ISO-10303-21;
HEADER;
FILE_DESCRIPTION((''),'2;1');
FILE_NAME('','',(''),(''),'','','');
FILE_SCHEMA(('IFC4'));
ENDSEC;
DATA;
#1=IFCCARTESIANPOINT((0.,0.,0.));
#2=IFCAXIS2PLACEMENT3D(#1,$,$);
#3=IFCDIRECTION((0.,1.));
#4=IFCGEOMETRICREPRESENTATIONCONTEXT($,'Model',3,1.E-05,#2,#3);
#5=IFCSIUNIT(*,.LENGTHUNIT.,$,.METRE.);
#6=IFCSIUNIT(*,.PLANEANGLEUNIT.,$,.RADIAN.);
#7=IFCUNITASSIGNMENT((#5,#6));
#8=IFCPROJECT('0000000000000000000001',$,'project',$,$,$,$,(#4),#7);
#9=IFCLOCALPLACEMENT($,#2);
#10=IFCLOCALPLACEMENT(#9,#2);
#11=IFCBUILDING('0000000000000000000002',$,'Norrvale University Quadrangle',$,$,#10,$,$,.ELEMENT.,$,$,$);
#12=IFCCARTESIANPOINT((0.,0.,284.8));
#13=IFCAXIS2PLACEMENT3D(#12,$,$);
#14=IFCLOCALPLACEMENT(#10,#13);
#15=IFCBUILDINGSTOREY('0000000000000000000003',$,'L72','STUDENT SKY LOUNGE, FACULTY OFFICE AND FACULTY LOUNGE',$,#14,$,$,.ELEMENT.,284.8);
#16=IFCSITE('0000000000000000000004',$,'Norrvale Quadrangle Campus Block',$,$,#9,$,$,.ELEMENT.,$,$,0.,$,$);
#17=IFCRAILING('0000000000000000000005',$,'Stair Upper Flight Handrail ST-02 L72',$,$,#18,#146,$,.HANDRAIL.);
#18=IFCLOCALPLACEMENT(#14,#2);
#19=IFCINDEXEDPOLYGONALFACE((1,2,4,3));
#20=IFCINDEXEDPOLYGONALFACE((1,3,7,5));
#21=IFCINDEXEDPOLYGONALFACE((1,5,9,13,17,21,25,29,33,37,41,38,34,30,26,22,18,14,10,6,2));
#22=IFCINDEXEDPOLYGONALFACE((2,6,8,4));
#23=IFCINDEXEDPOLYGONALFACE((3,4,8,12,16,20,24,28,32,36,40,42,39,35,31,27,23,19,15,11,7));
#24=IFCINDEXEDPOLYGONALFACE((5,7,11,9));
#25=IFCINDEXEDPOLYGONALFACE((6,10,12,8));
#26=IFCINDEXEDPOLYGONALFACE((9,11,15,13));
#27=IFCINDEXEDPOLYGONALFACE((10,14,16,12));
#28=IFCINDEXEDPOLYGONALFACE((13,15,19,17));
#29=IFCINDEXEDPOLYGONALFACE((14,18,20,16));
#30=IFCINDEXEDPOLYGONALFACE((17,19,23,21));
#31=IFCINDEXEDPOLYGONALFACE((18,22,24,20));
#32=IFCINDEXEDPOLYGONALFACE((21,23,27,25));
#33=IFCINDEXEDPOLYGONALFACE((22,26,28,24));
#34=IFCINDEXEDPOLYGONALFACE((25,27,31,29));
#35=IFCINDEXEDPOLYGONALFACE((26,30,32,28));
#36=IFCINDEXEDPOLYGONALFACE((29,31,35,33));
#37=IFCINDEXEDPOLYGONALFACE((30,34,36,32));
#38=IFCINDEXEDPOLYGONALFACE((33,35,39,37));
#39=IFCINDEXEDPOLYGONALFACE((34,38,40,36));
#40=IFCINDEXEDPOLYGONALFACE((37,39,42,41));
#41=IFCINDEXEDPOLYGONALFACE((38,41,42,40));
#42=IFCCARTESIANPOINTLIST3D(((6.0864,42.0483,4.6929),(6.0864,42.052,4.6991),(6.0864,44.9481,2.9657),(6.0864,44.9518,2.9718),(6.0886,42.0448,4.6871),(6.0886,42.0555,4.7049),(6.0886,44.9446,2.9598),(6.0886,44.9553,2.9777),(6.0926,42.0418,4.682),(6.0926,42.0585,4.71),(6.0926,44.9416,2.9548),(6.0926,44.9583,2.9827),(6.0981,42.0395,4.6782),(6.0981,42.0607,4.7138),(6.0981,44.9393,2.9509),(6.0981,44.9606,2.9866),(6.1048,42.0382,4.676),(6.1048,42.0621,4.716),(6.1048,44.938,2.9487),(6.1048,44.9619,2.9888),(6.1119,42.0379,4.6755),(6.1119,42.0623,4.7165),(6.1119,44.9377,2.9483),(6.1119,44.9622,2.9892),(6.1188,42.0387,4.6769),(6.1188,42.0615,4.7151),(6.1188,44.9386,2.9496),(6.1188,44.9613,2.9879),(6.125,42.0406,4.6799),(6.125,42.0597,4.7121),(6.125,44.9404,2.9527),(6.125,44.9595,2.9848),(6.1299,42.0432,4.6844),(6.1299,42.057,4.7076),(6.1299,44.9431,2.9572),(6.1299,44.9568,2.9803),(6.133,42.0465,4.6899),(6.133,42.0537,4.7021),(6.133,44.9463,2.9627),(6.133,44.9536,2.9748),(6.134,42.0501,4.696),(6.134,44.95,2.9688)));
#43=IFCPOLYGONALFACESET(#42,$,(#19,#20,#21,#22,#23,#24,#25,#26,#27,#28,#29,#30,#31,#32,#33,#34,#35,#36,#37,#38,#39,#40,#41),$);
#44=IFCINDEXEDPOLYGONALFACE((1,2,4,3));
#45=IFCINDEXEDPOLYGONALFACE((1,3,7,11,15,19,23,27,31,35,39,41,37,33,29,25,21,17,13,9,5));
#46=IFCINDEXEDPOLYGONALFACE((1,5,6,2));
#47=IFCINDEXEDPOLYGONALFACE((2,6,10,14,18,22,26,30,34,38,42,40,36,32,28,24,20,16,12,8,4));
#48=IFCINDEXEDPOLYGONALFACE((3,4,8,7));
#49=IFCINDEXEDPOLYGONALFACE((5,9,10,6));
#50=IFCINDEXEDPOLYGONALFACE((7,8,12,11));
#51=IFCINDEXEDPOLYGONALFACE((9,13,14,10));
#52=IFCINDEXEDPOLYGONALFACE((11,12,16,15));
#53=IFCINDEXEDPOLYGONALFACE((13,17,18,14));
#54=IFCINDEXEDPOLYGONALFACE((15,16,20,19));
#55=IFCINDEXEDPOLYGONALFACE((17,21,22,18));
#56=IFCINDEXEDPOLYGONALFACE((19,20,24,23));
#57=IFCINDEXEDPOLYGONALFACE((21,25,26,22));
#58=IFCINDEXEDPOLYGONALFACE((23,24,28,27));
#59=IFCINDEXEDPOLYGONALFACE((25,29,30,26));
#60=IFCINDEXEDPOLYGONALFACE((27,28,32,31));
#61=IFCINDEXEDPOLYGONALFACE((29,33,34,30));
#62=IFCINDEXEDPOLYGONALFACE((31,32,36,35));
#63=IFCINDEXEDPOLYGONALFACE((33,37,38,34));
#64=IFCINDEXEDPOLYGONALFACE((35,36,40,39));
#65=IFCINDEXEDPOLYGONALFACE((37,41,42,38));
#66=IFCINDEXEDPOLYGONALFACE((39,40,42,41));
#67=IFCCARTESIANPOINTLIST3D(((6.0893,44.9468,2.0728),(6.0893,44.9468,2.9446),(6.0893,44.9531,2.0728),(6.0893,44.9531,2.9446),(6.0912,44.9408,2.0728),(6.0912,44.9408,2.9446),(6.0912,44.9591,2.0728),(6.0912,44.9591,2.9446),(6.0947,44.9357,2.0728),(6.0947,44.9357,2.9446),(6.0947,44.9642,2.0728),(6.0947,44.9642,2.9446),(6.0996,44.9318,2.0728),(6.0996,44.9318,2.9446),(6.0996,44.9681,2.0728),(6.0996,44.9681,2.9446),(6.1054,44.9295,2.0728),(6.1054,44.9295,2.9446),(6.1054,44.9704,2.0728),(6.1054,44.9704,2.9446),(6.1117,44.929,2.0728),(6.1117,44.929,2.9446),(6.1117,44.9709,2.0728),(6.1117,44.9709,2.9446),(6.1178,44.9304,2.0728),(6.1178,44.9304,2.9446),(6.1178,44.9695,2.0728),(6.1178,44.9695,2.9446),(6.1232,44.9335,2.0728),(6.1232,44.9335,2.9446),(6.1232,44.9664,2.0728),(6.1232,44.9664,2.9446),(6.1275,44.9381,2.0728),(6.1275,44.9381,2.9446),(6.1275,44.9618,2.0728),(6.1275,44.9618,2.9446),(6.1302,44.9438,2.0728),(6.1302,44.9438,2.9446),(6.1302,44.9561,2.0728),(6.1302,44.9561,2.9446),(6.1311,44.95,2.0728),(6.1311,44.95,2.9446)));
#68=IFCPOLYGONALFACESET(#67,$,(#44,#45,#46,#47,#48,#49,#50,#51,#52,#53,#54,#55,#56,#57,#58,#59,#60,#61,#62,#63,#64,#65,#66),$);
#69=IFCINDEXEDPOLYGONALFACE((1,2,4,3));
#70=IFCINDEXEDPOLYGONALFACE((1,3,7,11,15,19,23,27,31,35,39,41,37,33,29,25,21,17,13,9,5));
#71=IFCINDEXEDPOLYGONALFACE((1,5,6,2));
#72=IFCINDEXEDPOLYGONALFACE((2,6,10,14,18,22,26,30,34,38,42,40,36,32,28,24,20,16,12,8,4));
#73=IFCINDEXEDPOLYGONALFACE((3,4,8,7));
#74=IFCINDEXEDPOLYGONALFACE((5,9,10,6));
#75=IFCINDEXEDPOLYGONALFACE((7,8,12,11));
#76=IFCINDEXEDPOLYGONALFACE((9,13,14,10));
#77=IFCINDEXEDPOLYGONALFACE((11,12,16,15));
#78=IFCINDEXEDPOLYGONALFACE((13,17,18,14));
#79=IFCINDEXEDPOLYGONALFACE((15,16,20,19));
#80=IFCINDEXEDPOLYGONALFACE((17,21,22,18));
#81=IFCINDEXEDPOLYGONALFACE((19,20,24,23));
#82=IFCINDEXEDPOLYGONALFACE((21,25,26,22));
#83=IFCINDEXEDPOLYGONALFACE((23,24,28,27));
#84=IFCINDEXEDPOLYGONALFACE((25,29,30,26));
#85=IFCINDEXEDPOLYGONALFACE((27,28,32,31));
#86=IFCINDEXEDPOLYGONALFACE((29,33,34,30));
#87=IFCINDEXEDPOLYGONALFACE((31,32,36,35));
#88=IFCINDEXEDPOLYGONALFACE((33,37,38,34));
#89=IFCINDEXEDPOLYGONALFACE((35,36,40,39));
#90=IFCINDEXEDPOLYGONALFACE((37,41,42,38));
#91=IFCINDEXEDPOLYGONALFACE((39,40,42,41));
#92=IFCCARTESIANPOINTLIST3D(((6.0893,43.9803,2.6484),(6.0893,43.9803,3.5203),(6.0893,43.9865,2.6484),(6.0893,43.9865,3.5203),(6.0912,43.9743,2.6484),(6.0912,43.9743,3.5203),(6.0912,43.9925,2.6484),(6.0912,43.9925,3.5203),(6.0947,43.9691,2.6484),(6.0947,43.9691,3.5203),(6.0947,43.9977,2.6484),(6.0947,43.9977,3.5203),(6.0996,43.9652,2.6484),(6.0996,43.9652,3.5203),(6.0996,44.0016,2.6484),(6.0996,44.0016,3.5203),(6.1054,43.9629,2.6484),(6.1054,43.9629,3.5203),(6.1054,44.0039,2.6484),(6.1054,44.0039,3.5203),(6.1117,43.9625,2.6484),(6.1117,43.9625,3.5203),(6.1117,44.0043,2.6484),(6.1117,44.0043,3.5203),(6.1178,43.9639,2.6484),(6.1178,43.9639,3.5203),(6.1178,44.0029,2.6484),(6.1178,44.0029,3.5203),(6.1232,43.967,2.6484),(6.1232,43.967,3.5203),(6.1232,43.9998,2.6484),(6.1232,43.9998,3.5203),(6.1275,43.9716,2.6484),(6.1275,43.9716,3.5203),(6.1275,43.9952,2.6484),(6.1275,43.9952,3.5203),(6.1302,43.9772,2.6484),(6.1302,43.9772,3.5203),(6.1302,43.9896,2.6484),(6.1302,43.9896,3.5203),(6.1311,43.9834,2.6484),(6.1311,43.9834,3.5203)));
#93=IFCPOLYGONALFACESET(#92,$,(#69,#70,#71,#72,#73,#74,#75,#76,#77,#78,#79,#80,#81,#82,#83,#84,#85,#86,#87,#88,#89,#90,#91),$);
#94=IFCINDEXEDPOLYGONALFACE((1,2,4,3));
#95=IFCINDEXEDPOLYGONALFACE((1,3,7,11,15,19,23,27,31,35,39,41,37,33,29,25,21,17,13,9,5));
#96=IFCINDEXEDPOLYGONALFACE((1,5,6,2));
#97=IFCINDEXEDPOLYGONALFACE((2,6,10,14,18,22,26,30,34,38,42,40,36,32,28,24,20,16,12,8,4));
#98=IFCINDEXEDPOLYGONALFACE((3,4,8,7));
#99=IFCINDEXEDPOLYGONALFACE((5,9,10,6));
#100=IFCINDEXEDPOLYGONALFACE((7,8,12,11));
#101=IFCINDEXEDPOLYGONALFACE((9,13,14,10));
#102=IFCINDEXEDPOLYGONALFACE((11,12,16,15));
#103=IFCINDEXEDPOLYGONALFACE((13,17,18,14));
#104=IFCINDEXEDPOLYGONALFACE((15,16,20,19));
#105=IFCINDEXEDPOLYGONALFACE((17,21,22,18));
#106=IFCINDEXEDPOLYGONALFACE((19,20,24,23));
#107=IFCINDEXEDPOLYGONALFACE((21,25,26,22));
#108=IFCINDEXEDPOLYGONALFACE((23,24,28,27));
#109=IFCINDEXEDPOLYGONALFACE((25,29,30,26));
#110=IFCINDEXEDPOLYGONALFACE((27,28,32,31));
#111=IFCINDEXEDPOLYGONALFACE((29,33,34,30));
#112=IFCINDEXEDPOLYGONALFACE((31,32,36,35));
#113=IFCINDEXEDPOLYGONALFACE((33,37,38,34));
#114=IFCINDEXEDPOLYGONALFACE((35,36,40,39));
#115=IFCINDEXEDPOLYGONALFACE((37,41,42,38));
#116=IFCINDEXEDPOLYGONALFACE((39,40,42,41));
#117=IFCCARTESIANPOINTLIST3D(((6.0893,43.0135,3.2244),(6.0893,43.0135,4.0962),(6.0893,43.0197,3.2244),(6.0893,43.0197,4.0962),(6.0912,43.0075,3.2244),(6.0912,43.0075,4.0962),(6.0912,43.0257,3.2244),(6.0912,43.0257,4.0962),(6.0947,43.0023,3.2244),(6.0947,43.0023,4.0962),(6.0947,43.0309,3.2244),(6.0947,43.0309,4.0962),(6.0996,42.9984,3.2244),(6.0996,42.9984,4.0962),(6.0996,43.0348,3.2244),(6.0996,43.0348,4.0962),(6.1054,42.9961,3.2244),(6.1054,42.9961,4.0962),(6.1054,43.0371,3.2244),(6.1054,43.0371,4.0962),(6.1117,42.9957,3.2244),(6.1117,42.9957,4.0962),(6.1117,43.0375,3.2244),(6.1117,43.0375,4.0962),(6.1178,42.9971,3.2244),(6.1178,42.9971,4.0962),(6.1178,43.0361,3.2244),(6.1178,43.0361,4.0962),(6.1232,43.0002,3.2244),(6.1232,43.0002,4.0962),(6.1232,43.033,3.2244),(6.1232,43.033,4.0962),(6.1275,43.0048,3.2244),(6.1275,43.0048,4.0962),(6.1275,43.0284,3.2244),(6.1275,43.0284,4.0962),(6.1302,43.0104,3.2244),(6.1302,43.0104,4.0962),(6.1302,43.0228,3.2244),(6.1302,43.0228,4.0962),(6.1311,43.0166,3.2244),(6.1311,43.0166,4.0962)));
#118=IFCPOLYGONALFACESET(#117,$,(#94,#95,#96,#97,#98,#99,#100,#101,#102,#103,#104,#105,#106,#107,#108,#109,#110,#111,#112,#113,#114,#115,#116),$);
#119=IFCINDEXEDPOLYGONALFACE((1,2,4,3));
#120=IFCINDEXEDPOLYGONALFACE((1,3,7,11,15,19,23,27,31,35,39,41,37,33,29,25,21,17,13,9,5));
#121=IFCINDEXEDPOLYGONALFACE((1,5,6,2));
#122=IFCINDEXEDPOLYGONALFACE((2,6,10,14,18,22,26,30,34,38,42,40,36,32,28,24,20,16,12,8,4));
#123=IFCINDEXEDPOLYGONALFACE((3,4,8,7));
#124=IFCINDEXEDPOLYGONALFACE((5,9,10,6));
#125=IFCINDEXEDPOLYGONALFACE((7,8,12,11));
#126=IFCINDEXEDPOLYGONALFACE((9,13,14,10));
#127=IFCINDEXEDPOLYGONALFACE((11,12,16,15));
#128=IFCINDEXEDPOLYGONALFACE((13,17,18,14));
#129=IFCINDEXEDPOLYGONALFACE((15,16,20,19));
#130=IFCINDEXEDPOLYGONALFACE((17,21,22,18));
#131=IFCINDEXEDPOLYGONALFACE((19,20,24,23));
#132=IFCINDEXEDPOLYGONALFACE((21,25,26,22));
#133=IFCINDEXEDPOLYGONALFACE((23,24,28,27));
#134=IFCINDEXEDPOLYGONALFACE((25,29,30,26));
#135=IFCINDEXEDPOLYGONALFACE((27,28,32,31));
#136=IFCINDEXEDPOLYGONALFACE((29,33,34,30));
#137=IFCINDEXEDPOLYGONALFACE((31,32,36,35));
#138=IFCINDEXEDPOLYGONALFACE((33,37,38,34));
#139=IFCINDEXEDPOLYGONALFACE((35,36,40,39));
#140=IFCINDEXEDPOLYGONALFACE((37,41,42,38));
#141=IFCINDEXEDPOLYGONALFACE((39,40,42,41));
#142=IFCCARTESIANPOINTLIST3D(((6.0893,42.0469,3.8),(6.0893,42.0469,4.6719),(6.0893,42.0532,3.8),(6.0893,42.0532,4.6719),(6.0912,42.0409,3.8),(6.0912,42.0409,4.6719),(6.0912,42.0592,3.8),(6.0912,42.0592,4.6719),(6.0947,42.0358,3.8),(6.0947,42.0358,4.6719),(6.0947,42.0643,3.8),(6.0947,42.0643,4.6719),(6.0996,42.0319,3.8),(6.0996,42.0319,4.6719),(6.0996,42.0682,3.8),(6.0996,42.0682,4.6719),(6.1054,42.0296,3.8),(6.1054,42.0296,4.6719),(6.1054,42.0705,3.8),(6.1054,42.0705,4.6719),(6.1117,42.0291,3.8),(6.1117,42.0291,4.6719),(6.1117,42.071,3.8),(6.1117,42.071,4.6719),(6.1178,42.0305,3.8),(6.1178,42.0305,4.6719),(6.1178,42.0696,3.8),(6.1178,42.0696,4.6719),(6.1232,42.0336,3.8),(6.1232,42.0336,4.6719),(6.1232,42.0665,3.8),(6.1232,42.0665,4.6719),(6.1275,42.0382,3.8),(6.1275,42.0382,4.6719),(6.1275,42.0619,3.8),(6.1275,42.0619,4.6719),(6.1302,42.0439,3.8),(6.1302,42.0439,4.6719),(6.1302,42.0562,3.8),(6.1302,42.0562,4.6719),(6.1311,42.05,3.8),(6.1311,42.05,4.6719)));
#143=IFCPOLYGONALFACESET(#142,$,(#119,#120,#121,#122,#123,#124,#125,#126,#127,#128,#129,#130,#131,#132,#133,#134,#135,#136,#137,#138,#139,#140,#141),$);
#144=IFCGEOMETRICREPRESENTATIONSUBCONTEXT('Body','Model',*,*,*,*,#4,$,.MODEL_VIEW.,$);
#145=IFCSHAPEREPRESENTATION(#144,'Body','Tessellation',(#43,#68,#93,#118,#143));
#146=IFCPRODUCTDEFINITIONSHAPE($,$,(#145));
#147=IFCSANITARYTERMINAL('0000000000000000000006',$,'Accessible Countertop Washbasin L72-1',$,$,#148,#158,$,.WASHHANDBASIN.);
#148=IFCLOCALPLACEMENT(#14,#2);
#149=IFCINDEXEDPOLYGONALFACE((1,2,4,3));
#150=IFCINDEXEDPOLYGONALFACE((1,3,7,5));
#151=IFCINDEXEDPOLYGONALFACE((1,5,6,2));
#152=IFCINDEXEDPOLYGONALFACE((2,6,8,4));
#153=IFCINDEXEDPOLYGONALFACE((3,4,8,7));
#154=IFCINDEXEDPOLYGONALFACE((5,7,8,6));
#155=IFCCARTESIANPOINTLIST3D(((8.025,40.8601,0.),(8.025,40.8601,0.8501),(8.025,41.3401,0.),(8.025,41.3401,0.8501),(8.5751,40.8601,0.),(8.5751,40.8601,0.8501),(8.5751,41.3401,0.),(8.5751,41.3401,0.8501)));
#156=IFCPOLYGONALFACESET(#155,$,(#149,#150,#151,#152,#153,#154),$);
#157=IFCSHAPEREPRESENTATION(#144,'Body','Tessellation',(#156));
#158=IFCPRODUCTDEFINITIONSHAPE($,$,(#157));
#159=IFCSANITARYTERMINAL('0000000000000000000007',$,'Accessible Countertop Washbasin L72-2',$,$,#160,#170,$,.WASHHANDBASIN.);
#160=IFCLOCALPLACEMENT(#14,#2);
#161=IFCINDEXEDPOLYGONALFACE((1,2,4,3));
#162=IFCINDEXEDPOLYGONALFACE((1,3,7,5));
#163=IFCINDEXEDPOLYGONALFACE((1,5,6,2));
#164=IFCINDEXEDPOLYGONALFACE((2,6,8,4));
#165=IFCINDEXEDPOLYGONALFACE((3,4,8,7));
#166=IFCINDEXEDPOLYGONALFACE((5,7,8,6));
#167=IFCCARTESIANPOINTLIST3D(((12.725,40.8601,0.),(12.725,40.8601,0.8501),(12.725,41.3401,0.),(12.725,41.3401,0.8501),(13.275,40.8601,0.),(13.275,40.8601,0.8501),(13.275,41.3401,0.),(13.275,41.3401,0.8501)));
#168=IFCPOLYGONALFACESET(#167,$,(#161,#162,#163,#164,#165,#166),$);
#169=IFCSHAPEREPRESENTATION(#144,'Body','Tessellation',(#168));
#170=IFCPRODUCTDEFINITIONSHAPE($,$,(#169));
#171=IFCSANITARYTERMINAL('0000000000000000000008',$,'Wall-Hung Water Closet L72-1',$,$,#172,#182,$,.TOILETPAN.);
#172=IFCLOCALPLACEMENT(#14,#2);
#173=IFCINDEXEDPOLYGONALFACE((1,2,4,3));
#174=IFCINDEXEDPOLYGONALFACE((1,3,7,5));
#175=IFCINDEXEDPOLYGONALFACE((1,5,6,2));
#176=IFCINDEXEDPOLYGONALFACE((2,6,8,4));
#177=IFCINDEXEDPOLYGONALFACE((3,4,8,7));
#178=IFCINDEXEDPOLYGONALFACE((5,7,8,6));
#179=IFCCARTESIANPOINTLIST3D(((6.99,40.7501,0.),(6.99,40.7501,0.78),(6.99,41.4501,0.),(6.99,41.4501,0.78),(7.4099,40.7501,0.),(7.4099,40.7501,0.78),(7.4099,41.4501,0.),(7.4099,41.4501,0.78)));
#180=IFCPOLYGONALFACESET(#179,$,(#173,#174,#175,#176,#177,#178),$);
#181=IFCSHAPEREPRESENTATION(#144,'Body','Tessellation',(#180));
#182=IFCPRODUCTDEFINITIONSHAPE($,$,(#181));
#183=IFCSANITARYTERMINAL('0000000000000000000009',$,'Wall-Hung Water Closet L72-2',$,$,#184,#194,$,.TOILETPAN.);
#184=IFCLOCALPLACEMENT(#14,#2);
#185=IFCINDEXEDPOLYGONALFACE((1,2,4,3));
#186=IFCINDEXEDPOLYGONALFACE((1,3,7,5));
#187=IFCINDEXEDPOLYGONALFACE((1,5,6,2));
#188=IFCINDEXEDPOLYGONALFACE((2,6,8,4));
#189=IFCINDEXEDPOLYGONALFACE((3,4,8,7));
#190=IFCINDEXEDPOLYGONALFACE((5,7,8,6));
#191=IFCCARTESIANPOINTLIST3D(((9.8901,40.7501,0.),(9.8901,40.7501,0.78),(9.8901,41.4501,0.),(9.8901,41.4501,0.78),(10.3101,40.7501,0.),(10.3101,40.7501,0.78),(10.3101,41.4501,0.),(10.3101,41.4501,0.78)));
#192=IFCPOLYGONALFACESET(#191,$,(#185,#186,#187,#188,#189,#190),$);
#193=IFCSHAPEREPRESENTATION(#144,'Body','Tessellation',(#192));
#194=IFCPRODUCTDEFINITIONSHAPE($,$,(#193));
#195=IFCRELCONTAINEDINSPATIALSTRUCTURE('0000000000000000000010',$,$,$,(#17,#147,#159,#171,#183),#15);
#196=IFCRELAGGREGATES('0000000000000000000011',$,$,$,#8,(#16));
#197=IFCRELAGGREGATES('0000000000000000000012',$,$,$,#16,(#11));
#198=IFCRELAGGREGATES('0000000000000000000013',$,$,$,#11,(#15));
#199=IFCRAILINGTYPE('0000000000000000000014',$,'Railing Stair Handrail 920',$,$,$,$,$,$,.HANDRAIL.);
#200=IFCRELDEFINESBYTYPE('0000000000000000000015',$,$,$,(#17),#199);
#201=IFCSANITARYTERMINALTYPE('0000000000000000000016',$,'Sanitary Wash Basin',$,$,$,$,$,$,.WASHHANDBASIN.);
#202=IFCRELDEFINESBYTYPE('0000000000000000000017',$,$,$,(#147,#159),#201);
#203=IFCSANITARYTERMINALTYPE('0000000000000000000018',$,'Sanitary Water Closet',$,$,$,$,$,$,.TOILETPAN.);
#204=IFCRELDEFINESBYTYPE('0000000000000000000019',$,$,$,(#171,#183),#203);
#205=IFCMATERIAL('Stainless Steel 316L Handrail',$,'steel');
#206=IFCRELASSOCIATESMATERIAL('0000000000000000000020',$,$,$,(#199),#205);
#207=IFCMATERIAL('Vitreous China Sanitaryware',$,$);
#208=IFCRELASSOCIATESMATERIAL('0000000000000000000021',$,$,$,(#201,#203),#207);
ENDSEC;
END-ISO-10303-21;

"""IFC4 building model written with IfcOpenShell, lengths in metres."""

from ifc_helpers import new_model, si_unit, direction, frame, origin, origin_2d, place, context, subcontext, project, spatial, rectangle, circle, extrude, material, type_object, element, save


model = new_model("IFC4")

# Units and contexts
model_context = context("Model", 3, precision=1e-05, world=origin(), true_north=direction((0.0, 1.0)))
body_context = subcontext(model_context, "Body", "Model", "MODEL_VIEW")
ifc_project = project(units=[si_unit("LENGTHUNIT", "METRE"), si_unit("PLANEANGLEUNIT", "RADIAN")], contexts=[model_context])

# Site, building, storey
site_placement = place(None, origin())
site = spatial("IfcSite", under=ifc_project, at=site_placement, Name="Norrvale Quadrangle Campus Block", CompositionType="ELEMENT", RefElevation=0.0)
building_placement = place(site_placement, origin())
building = spatial("IfcBuilding", under=site, at=building_placement, Name="Norrvale University Quadrangle", CompositionType="ELEMENT")
storey_placement = place(building_placement, frame((0.0, 0.0, 284.8)))
storey = spatial("IfcBuildingStorey", under=building, at=storey_placement, Name="L72", Description="STUDENT SKY LOUNGE, FACULTY OFFICE AND FACULTY LOUNGE", CompositionType="ELEMENT", Elevation=284.8)

# Railing
ifc_material_1 = material(Name="Stainless Steel 316L Handrail", Category="steel")
railing_type_1 = type_object("IfcRailingType", Name="Railing Stair Handrail 920", PredefinedType="HANDRAIL", material=ifc_material_1)
railing_1_placement = place(storey_placement, frame((6.1101, 44.95, 2.0728)))
element("IfcRailing", 1, at=railing_1_placement, inside=storey, type_object=railing_type_1, Name="Stair Upper Flight Handrail ST-02 L72", PredefinedType="HANDRAIL", context=body_context, shape_type="SweptSolid", body=[
    extrude(circle(Radius=0.0239, at=origin_2d()), frame((0.0, 0.0, 0.896), z_axis=(0.0, -0.859141, 0.511738), x_axis=(1.0, 0.0, 0.0)), (0.0, 0.0, 1.0), 3.3752),
    extrude(circle(Radius=0.021, at=origin_2d()), origin(), (0.0, 0.0, 1.0), 0.8718),
    extrude(circle(Radius=0.021, at=origin_2d()), frame((0.0, -0.9666, 0.5757)), (0.0, 0.0, 1.0), 0.8718),
    extrude(circle(Radius=0.021, at=origin_2d()), frame((0.0, -1.9333, 1.1516)), (0.0, 0.0, 1.0), 0.8718),
    extrude(circle(Radius=0.021, at=origin_2d()), frame((0.0, -2.8999, 1.7273)), (0.0, 0.0, 1.0), 0.8718),
])

# Sanitary terminals
ifc_material_2 = material(Name="Vitreous China Sanitaryware")
sanitary_terminal_type_1 = type_object("IfcSanitaryTerminalType", Name="Sanitary Wash Basin", PredefinedType="WASHHANDBASIN", material=ifc_material_2)
for number, where, z_axis, x_axis, name in (
    (2, (8.3, 41.1001, 0.0), (0.0, 0.0, 1.0), (1.0, 0.0, 0.0), "Accessible Countertop Washbasin L72-1"),
    (3, (13.0, 41.1001, 0.0), (0.0, 0.0, 1.0), (1.0, 0.0, 0.0), "Accessible Countertop Washbasin L72-2"),
):
    element("IfcSanitaryTerminal", number, at=place(storey_placement, frame(where, z_axis=z_axis, x_axis=x_axis)), inside=storey, type_object=sanitary_terminal_type_1, Name=name, PredefinedType="WASHHANDBASIN", context=body_context, shape_type="SweptSolid", body=[
        extrude(rectangle(XDim=0.55, YDim=0.48, at=origin_2d()), origin(), (0.0, 0.0, 1.0), 0.8501),
    ])
sanitary_terminal_type_2 = type_object("IfcSanitaryTerminalType", Name="Sanitary Water Closet", PredefinedType="TOILETPAN", material=ifc_material_2)
for number, where, z_axis, x_axis, name in (
    (4, (7.2, 41.1001, 0.0), (0.0, 0.0, 1.0), (1.0, 0.0, 0.0), "Wall-Hung Water Closet L72-1"),
    (5, (10.1001, 41.1001, 0.0), (0.0, 0.0, 1.0), (1.0, 0.0, 0.0), "Wall-Hung Water Closet L72-2"),
):
    element("IfcSanitaryTerminal", number, at=place(storey_placement, frame(where, z_axis=z_axis, x_axis=x_axis)), inside=storey, type_object=sanitary_terminal_type_2, Name=name, PredefinedType="TOILETPAN", context=body_context, shape_type="SweptSolid", body=[
        extrude(rectangle(XDim=0.4199, YDim=0.7, at=origin_2d()), origin(), (0.0, 0.0, 1.0), 0.78),
    ])

save(model, "model.ifc")
